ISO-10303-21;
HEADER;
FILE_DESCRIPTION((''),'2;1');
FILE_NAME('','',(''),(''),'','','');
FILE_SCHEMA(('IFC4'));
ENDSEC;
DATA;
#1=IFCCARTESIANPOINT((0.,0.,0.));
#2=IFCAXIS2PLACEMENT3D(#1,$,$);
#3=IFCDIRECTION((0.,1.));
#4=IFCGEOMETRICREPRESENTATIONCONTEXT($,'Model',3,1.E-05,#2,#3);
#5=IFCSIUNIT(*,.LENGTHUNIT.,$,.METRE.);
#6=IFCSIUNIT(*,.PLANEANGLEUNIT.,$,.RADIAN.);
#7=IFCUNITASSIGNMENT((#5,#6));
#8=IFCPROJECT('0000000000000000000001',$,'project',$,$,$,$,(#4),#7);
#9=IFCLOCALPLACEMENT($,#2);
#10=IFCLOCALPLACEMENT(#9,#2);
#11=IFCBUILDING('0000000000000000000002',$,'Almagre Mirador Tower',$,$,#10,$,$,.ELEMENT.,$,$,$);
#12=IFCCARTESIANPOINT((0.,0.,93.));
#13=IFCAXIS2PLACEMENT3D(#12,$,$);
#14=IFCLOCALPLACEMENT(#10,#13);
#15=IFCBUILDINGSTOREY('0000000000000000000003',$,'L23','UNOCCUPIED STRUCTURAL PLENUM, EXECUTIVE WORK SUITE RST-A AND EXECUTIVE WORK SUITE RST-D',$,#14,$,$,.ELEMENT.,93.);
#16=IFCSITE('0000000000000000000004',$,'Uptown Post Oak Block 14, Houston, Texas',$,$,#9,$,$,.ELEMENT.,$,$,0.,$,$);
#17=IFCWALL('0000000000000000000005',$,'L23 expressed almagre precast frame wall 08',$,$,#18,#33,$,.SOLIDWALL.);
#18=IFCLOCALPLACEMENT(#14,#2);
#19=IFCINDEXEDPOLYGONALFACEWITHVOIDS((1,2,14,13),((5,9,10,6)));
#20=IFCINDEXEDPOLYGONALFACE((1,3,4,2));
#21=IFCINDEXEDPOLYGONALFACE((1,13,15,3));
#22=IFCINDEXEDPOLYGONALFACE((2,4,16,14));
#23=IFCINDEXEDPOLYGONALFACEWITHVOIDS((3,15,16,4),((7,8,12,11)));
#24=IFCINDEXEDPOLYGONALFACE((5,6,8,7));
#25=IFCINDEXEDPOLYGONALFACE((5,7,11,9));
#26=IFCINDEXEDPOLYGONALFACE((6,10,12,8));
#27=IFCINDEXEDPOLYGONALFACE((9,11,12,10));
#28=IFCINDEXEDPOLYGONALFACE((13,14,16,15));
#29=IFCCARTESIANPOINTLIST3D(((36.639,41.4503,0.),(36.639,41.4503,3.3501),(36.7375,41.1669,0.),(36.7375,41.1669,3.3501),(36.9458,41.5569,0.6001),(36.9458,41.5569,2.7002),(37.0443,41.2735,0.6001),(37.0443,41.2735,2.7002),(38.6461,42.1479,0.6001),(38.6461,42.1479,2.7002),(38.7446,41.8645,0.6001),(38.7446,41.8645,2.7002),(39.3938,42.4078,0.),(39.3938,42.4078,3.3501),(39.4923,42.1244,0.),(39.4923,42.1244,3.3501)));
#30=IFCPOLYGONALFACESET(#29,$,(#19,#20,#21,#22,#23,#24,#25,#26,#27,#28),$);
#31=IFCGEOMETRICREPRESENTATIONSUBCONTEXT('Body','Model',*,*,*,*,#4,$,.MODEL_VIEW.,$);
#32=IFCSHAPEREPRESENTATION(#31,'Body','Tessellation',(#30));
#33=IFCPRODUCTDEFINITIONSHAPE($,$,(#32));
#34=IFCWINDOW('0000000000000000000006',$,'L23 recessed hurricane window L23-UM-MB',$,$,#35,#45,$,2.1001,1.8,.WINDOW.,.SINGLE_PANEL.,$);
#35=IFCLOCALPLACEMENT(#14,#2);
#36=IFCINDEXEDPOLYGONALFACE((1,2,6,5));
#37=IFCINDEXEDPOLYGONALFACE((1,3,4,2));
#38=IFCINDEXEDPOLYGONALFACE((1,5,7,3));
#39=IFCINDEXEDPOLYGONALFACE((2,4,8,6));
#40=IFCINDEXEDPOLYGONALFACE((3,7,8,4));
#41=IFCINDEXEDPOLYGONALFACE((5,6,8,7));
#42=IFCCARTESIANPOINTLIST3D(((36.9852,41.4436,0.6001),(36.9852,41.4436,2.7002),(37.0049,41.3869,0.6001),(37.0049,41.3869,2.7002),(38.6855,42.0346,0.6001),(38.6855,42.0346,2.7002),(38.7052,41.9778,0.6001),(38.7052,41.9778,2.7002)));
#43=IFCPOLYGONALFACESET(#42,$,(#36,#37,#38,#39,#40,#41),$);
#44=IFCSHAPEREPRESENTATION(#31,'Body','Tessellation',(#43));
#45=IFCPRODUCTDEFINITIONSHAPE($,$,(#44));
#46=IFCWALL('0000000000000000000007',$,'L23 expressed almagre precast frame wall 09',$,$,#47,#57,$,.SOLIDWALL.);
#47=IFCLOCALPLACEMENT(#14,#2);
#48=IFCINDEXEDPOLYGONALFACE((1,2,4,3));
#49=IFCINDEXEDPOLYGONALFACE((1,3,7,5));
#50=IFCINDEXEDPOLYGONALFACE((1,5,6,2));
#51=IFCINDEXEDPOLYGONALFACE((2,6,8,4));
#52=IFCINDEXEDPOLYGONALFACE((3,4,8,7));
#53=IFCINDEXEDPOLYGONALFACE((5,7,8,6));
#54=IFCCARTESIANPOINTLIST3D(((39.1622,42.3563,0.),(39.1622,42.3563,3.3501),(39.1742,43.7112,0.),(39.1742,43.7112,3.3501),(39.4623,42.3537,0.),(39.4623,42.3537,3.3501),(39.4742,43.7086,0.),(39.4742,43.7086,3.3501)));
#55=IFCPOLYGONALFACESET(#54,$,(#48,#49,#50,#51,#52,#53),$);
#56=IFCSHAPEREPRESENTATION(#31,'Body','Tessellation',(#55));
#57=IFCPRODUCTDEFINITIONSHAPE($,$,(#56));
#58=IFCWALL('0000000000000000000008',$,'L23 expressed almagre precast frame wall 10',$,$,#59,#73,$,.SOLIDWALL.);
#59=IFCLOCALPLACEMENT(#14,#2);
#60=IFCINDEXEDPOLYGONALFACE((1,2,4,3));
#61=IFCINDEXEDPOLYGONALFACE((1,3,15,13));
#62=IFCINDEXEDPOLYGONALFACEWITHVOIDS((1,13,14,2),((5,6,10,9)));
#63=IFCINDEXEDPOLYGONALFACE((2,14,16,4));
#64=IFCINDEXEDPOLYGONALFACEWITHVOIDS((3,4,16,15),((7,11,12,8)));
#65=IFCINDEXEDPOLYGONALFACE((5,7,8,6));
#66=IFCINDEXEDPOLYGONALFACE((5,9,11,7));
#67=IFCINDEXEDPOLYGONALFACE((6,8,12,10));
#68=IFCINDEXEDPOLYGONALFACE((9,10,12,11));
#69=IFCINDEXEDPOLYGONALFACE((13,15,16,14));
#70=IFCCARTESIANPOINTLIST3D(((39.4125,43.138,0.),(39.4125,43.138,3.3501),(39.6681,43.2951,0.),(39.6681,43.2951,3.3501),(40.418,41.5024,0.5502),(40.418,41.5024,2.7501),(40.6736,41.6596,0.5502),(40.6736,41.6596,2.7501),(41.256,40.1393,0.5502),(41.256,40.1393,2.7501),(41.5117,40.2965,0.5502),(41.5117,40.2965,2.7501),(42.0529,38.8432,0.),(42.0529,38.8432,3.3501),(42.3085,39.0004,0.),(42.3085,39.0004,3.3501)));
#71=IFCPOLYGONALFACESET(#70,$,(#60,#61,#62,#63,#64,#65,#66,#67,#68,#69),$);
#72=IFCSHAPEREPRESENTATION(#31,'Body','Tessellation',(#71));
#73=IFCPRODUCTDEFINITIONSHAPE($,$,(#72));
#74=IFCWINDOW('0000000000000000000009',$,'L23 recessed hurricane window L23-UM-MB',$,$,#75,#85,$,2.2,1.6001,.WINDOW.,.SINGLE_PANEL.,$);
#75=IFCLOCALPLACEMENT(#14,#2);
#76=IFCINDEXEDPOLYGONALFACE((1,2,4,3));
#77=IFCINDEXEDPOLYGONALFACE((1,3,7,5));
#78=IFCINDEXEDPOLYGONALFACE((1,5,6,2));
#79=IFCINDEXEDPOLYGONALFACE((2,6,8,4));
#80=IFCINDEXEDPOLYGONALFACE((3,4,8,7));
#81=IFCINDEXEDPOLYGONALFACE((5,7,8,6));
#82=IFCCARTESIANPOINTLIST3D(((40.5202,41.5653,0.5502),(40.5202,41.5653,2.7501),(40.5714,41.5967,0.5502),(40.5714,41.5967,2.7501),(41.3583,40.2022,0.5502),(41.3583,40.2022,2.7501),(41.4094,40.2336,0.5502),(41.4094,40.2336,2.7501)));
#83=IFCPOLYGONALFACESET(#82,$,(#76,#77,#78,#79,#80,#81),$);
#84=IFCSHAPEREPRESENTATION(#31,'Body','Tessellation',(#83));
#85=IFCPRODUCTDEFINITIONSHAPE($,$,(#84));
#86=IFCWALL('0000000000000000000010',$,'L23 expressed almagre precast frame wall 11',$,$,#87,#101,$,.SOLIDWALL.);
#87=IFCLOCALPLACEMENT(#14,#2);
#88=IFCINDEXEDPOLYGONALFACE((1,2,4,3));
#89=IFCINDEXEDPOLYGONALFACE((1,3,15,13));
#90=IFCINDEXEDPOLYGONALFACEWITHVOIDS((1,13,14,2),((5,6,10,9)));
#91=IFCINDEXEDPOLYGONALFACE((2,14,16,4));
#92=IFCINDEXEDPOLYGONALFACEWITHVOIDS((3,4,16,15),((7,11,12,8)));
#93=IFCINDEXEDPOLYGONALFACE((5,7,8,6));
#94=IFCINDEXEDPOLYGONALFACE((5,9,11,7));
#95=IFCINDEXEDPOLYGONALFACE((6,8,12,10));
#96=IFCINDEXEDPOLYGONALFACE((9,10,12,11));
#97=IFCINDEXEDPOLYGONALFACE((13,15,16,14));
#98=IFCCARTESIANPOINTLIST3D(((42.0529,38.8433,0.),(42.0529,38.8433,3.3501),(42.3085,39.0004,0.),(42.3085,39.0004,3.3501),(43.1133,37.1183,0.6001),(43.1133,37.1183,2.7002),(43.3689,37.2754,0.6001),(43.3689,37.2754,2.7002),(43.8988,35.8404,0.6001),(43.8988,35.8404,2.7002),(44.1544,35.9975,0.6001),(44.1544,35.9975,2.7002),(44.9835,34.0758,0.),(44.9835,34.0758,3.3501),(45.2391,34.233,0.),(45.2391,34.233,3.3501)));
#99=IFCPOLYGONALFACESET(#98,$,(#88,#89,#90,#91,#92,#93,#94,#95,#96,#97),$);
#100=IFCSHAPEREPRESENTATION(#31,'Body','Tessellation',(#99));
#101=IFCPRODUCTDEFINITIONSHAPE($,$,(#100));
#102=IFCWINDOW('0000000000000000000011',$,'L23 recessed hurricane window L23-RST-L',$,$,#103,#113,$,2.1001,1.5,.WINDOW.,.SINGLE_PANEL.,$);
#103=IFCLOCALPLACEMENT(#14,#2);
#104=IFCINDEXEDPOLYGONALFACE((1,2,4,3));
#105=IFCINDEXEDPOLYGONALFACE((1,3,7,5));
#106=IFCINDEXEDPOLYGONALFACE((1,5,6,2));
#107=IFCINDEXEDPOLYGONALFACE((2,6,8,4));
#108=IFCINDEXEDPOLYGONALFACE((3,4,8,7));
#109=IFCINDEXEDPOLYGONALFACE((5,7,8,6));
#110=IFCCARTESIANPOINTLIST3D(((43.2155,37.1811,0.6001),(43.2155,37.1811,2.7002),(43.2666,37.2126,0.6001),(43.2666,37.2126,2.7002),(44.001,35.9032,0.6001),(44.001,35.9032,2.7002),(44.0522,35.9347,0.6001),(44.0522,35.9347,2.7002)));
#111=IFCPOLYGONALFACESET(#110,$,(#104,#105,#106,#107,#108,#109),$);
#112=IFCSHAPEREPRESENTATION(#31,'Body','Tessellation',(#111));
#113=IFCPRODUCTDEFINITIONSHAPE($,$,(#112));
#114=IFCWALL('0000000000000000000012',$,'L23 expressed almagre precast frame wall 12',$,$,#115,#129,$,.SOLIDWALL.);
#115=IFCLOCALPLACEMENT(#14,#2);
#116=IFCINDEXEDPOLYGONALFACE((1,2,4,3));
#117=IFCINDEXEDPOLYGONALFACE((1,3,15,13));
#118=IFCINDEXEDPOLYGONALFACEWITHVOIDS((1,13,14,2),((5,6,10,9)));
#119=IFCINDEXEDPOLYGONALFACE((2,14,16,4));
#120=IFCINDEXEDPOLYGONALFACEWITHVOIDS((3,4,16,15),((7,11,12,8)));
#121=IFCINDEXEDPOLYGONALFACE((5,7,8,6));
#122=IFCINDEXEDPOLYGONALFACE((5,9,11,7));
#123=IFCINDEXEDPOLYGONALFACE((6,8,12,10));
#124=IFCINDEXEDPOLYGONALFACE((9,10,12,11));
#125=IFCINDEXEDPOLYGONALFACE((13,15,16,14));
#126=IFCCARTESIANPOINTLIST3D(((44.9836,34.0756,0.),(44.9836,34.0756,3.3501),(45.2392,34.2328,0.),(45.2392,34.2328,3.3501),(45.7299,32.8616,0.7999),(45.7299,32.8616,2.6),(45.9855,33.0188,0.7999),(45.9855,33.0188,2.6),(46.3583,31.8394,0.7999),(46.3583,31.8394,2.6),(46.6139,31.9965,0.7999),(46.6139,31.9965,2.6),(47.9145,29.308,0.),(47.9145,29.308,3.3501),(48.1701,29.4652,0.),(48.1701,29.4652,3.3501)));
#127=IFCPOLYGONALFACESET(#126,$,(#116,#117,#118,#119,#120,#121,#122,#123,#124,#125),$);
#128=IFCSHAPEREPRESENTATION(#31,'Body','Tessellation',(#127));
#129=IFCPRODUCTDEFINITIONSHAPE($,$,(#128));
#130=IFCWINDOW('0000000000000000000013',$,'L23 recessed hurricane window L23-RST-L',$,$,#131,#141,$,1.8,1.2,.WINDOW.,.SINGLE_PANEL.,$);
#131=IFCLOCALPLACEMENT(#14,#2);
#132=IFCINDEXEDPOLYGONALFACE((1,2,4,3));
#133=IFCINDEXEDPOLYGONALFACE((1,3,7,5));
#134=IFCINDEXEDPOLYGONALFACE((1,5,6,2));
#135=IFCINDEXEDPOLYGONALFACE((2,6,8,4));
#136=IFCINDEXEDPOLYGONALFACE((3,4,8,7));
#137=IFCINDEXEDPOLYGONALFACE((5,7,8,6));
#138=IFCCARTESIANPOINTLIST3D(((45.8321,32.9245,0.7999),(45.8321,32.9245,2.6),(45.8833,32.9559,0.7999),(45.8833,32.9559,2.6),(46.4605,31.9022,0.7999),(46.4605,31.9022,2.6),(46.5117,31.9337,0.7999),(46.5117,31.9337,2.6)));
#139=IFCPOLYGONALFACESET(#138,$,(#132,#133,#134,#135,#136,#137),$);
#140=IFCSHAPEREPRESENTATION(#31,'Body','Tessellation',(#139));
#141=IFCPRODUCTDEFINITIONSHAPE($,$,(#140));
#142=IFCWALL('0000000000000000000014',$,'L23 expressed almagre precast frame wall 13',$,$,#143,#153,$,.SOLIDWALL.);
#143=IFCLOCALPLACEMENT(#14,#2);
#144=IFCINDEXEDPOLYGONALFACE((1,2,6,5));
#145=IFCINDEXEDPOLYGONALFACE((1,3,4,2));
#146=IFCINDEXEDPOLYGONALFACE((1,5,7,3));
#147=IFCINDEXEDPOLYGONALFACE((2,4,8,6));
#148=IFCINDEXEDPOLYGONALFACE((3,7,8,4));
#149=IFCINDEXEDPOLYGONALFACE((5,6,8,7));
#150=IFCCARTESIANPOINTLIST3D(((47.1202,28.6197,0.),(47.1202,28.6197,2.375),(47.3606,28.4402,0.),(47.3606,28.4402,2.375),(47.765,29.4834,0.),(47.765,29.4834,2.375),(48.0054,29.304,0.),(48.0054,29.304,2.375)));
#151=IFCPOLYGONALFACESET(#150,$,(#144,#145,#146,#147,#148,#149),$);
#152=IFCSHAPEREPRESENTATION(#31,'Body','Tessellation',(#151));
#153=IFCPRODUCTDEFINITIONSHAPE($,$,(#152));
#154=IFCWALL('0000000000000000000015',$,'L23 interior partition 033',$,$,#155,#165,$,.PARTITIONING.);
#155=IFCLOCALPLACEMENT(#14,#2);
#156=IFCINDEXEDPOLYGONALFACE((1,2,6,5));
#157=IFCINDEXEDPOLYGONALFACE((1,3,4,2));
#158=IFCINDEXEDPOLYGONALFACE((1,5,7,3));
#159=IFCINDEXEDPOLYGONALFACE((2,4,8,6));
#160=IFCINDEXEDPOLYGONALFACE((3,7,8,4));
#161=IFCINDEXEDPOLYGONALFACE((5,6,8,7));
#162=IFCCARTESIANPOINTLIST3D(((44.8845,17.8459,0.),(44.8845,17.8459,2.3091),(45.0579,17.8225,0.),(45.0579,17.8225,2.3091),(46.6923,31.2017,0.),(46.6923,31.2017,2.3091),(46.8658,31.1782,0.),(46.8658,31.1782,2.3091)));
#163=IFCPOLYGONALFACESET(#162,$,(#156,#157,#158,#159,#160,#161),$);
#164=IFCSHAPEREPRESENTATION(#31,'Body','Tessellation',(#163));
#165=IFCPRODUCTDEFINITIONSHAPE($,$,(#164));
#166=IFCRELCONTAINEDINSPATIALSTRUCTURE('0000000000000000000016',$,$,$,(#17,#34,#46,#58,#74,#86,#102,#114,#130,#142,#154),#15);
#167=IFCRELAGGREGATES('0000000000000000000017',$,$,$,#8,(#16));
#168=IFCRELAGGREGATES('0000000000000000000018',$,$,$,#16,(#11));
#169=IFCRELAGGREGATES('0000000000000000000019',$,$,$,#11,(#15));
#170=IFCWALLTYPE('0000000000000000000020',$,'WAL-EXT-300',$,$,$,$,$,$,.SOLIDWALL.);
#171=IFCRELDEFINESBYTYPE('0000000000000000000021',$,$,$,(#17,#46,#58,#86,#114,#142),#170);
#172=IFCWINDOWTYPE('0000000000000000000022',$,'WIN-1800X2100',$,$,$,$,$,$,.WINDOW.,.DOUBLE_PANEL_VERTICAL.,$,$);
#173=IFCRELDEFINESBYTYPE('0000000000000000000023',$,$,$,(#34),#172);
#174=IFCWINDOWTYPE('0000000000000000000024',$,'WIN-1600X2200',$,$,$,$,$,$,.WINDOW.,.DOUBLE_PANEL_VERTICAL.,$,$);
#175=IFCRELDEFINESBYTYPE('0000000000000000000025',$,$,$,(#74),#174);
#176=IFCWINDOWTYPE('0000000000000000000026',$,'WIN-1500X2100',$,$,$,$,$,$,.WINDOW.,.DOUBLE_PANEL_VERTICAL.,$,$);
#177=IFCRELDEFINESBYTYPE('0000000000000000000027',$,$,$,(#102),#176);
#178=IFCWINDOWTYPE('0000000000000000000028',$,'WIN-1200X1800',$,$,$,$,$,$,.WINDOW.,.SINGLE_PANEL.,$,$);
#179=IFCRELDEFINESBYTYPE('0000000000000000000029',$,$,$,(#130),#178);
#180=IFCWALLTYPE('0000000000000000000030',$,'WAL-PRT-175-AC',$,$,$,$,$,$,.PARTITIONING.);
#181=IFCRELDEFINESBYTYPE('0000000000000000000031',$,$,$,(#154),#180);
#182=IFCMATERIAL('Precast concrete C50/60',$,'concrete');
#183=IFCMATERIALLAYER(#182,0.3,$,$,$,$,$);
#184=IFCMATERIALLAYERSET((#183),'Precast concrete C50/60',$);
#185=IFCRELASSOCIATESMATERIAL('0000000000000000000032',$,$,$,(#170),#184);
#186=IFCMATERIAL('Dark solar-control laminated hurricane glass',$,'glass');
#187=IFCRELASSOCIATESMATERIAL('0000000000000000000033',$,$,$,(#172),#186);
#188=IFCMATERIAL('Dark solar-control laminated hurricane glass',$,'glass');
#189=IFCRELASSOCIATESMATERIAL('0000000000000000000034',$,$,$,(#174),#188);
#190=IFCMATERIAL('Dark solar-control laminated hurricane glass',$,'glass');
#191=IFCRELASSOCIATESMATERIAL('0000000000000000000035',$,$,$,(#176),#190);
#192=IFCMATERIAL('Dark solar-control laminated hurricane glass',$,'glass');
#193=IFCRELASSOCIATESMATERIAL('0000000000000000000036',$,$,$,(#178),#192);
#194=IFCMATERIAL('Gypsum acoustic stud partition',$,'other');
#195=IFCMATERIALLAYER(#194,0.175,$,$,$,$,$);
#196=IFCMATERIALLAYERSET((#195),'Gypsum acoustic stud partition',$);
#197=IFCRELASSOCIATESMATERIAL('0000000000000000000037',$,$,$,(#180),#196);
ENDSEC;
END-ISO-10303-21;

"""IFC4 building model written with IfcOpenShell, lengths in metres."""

from ifc_helpers import new_model, si_unit, direction, frame, frame_2d, origin, place, context, subcontext, project, spatial, rectangle, extrude, material, layer, layer_set, type_object, element, fill, save


model = new_model("IFC4")

# Units and contexts
model_context = context("Model", 3, precision=1e-05, world=origin(), true_north=direction((0.0, 1.0)))
body_context = subcontext(model_context, "Body", "Model", "MODEL_VIEW")
ifc_project = project(units=[si_unit("LENGTHUNIT", "METRE"), si_unit("PLANEANGLEUNIT", "RADIAN")], contexts=[model_context])

# Site, building, storey
site_placement = place(None, origin())
site = spatial("IfcSite", under=ifc_project, at=site_placement, Name="Uptown Post Oak Block 14, Houston, Texas", CompositionType="ELEMENT", RefElevation=0.0)
building_placement = place(site_placement, origin())
building = spatial("IfcBuilding", under=site, at=building_placement, Name="Almagre Mirador Tower", CompositionType="ELEMENT")
storey_placement = place(building_placement, frame((0.0, 0.0, 93.0)))
storey = spatial("IfcBuildingStorey", under=building, at=storey_placement, Name="L23", Description="UNOCCUPIED STRUCTURAL PLENUM, EXECUTIVE WORK SUITE RST-A AND EXECUTIVE WORK SUITE RST-D", CompositionType="ELEMENT", Elevation=93.0)

# Wall, opening, window
ifc_material_1 = material(Name="Precast concrete C50/60", Category="concrete")
ifc_layer_1 = layer(ifc_material_1, 0.3)
ifc_layer_set_1 = layer_set([ifc_layer_1], Name="Precast concrete C50/60")
wall_type_1 = type_object("IfcWallType", Name="WAL-EXT-300", PredefinedType="SOLIDWALL", material=ifc_layer_set_1)
wall_1_placement = place(storey_placement, frame((36.6882, 41.3086, 0.0), z_axis=(0.0, 0.0, 1.0), x_axis=(0.944571, 0.328306, 0.0)))
wall_1 = element("IfcWall", 1, at=wall_1_placement, inside=storey, type_object=wall_type_1, Name="L23 expressed almagre precast frame wall 08", PredefinedType="SOLIDWALL", context=body_context, shape_type="SweptSolid", body=[
    extrude(rectangle(XDim=2.9165, YDim=0.3, at=frame_2d((1.4583, 0.0))), origin(), (0.0, 0.0, 1.0), 3.3501),
])
opening_1_placement = place(wall_1_placement, frame((0.325, 0.0, 0.6001)))
opening_1 = element("IfcOpeningElement", 2, at=opening_1_placement, cuts=wall_1, PredefinedType="OPENING", context=body_context, shape_type="SweptSolid", body=[
    extrude(rectangle(XDim=1.8, YDim=2.1001, at=frame_2d((0.8999, 1.05))), frame((0.0, 0.1599, 0.0), z_axis=(0.0, -1.0, 0.0), x_axis=(1.0, 0.0, 0.0)), (0.0, 0.0, 1.0), 0.32),
])
ifc_material_2 = material(Name="Dark solar-control laminated hurricane glass", Category="glass")
window_type_1 = type_object("IfcWindowType", Name="WIN-1800X2100", PartitioningType="DOUBLE_PANEL_VERTICAL", PredefinedType="WINDOW", material=ifc_material_2)
window_1_placement = place(opening_1_placement, origin())
window_1 = element("IfcWindow", 3, at=window_1_placement, inside=storey, type_object=window_type_1, Name="L23 recessed hurricane window L23-UM-MB", OverallHeight=2.1001, OverallWidth=1.8, PartitioningType="SINGLE_PANEL", PredefinedType="WINDOW", context=body_context, shape_type="SweptSolid", body=[
    extrude(rectangle(XDim=1.8, YDim=2.1001, at=frame_2d((0.8999, 1.05))), frame((0.0, 0.03, 0.0), z_axis=(0.0, -1.0, 0.0), x_axis=(1.0, 0.0, 0.0)), (0.0, 0.0, 1.0), 0.0601),
])
fill(opening_1, window_1)

# Wall
wall_2_placement = place(storey_placement, frame((39.3123, 42.355, 0.0), z_axis=(0.0, 0.0, 1.0), x_axis=(0.008828, 0.999961, 0.0)))
element("IfcWall", 4, at=wall_2_placement, inside=storey, type_object=wall_type_1, Name="L23 expressed almagre precast frame wall 09", PredefinedType="SOLIDWALL", context=body_context, shape_type="SweptSolid", body=[
    extrude(rectangle(XDim=1.355, YDim=0.3, at=frame_2d((0.6775, 0.0))), origin(), (0.0, 0.0, 1.0), 3.3501),
])

# Walls, openings, windows
wall_3_placement = place(storey_placement, frame((39.5403, 43.2166, 0.0), z_axis=(0.0, 0.0, 1.0), x_axis=(0.523738, -0.851879, 0.0)))
wall_3 = element("IfcWall", 5, at=wall_3_placement, inside=storey, type_object=wall_type_1, Name="L23 expressed almagre precast frame wall 10", PredefinedType="SOLIDWALL", context=body_context, shape_type="SweptSolid", body=[
    extrude(rectangle(XDim=5.0415, YDim=0.3, at=frame_2d((2.5208, 0.0))), origin(), (0.0, 0.0, 1.0), 3.3501),
])
opening_2_placement = place(wall_3_placement, frame((1.9199, 0.0, 0.55)))
opening_2 = element("IfcOpeningElement", 6, at=opening_2_placement, cuts=wall_3, PredefinedType="OPENING", context=body_context, shape_type="SweptSolid", body=[
    extrude(rectangle(XDim=1.6001, YDim=2.2, at=frame_2d((0.8, 1.1001))), frame((0.0, 0.1599, 0.0), z_axis=(0.0, -1.0, 0.0), x_axis=(1.0, 0.0, 0.0)), (0.0, 0.0, 1.0), 0.32),
])
ifc_material_3 = material(Name="Dark solar-control laminated hurricane glass", Category="glass")
window_type_2 = type_object("IfcWindowType", Name="WIN-1600X2200", PartitioningType="DOUBLE_PANEL_VERTICAL", PredefinedType="WINDOW", material=ifc_material_3)
window_2_placement = place(opening_2_placement, origin())
window_2 = element("IfcWindow", 7, at=window_2_placement, inside=storey, type_object=window_type_2, Name="L23 recessed hurricane window L23-UM-MB", OverallHeight=2.2, OverallWidth=1.6001, PartitioningType="SINGLE_PANEL", PredefinedType="WINDOW", context=body_context, shape_type="SweptSolid", body=[
    extrude(rectangle(XDim=1.6001, YDim=2.2, at=frame_2d((0.8, 1.1001))), frame((0.0, 0.03, 0.0), z_axis=(0.0, -1.0, 0.0), x_axis=(1.0, 0.0, 0.0)), (0.0, 0.0, 1.0), 0.0601),
])
fill(opening_2, window_2)
wall_4_placement = place(storey_placement, frame((42.1807, 38.9219, 0.0), z_axis=(0.0, 0.0, 1.0), x_axis=(0.523679, -0.851916, 0.0)))
wall_4 = element("IfcWall", 8, at=wall_4_placement, inside=storey, type_object=wall_type_1, Name="L23 expressed almagre precast frame wall 11", PredefinedType="SOLIDWALL", context=body_context, shape_type="SweptSolid", body=[
    extrude(rectangle(XDim=5.5962, YDim=0.3, at=frame_2d((2.7981, 0.0))), origin(), (0.0, 0.0, 1.0), 3.3501),
])
opening_3_placement = place(wall_4_placement, frame((2.0249, 0.0, 0.6001)))
opening_3 = element("IfcOpeningElement", 9, at=opening_3_placement, cuts=wall_4, PredefinedType="OPENING", context=body_context, shape_type="SweptSolid", body=[
    extrude(rectangle(XDim=1.5, YDim=2.1001, at=frame_2d((0.75, 1.05))), frame((0.0, 0.1599, 0.0), z_axis=(0.0, -1.0, 0.0), x_axis=(1.0, 0.0, 0.0)), (0.0, 0.0, 1.0), 0.32),
])
ifc_material_4 = material(Name="Dark solar-control laminated hurricane glass", Category="glass")
window_type_3 = type_object("IfcWindowType", Name="WIN-1500X2100", PartitioningType="DOUBLE_PANEL_VERTICAL", PredefinedType="WINDOW", material=ifc_material_4)
window_3_placement = place(opening_3_placement, origin())
window_3 = element("IfcWindow", 10, at=window_3_placement, inside=storey, type_object=window_type_3, Name="L23 recessed hurricane window L23-RST-L", OverallHeight=2.1001, OverallWidth=1.5, PartitioningType="SINGLE_PANEL", PredefinedType="WINDOW", context=body_context, shape_type="SweptSolid", body=[
    extrude(rectangle(XDim=1.5, YDim=2.1001, at=frame_2d((0.75, 1.05))), frame((0.0, 0.03, 0.0), z_axis=(0.0, -1.0, 0.0), x_axis=(1.0, 0.0, 0.0)), (0.0, 0.0, 1.0), 0.0601),
])
fill(opening_3, window_3)
wall_5_placement = place(storey_placement, frame((45.1113, 34.1543, 0.0), z_axis=(0.0, 0.0, 1.0), x_axis=(0.52371, -0.851896, 0.0)))
wall_5 = element("IfcWall", 11, at=wall_5_placement, inside=storey, type_object=wall_type_1, Name="L23 expressed almagre precast frame wall 12", PredefinedType="SOLIDWALL", context=body_context, shape_type="SweptSolid", body=[
    extrude(rectangle(XDim=5.5964, YDim=0.3, at=frame_2d((2.7983, 0.0))), origin(), (0.0, 0.0, 1.0), 3.3501),
])
opening_4_placement = place(wall_5_placement, frame((1.425, 0.0, 0.8)))
opening_4 = element("IfcOpeningElement", 12, at=opening_4_placement, cuts=wall_5, PredefinedType="OPENING", context=body_context, shape_type="SweptSolid", body=[
    extrude(rectangle(XDim=1.2, YDim=1.8, at=frame_2d((0.6001, 0.8999))), frame((0.0, 0.1599, 0.0), z_axis=(0.0, -1.0, 0.0), x_axis=(1.0, 0.0, 0.0)), (0.0, 0.0, 1.0), 0.32),
])
ifc_material_5 = material(Name="Dark solar-control laminated hurricane glass", Category="glass")
window_type_4 = type_object("IfcWindowType", Name="WIN-1200X1800", PartitioningType="SINGLE_PANEL", PredefinedType="WINDOW", material=ifc_material_5)
window_4_placement = place(opening_4_placement, origin())
window_4 = element("IfcWindow", 13, at=window_4_placement, inside=storey, type_object=window_type_4, Name="L23 recessed hurricane window L23-RST-L", OverallHeight=1.8, OverallWidth=1.2, PartitioningType="SINGLE_PANEL", PredefinedType="WINDOW", context=body_context, shape_type="SweptSolid", body=[
    extrude(rectangle(XDim=1.2, YDim=1.8, at=frame_2d((0.6001, 0.8999))), frame((0.0, 0.03, 0.0), z_axis=(0.0, -1.0, 0.0), x_axis=(1.0, 0.0, 0.0)), (0.0, 0.0, 1.0), 0.0601),
])
fill(opening_4, window_4)

# Walls
wall_6_placement = place(storey_placement, frame((47.8853, 29.3938, 0.0), z_axis=(0.0, 0.0, 1.0), x_axis=(-0.598186, -0.801357, 0.0)))
element("IfcWall", 14, at=wall_6_placement, inside=storey, type_object=wall_type_1, Name="L23 expressed almagre precast frame wall 13", PredefinedType="SOLIDWALL", context=body_context, shape_type="SweptSolid", body=[
    extrude(rectangle(XDim=1.0779, YDim=0.3, at=frame_2d((0.5391, 0.0))), origin(), (0.0, 0.0, 1.0), 2.375),
])
ifc_material_6 = material(Name="Gypsum acoustic stud partition", Category="other")
ifc_layer_2 = layer(ifc_material_6, 0.175)
ifc_layer_set_2 = layer_set([ifc_layer_2], Name="Gypsum acoustic stud partition")
wall_type_2 = type_object("IfcWallType", Name="WAL-PRT-175-AC", PredefinedType="PARTITIONING", material=ifc_layer_set_2)
wall_7_placement = place(storey_placement, frame((46.7791, 31.1899, 0.0), z_axis=(0.0, 0.0, 1.0), x_axis=(-0.134139, -0.990963, 0.0)))
element("IfcWall", 15, at=wall_7_placement, inside=storey, type_object=wall_type_2, Name="L23 interior partition 033", PredefinedType="PARTITIONING", context=body_context, shape_type="SweptSolid", body=[
    extrude(rectangle(XDim=13.4775, YDim=0.175, at=frame_2d((6.7388, 0.0))), origin(), (0.0, 0.0, 1.0), 2.3091),
])

save(model, "model.ifc")
